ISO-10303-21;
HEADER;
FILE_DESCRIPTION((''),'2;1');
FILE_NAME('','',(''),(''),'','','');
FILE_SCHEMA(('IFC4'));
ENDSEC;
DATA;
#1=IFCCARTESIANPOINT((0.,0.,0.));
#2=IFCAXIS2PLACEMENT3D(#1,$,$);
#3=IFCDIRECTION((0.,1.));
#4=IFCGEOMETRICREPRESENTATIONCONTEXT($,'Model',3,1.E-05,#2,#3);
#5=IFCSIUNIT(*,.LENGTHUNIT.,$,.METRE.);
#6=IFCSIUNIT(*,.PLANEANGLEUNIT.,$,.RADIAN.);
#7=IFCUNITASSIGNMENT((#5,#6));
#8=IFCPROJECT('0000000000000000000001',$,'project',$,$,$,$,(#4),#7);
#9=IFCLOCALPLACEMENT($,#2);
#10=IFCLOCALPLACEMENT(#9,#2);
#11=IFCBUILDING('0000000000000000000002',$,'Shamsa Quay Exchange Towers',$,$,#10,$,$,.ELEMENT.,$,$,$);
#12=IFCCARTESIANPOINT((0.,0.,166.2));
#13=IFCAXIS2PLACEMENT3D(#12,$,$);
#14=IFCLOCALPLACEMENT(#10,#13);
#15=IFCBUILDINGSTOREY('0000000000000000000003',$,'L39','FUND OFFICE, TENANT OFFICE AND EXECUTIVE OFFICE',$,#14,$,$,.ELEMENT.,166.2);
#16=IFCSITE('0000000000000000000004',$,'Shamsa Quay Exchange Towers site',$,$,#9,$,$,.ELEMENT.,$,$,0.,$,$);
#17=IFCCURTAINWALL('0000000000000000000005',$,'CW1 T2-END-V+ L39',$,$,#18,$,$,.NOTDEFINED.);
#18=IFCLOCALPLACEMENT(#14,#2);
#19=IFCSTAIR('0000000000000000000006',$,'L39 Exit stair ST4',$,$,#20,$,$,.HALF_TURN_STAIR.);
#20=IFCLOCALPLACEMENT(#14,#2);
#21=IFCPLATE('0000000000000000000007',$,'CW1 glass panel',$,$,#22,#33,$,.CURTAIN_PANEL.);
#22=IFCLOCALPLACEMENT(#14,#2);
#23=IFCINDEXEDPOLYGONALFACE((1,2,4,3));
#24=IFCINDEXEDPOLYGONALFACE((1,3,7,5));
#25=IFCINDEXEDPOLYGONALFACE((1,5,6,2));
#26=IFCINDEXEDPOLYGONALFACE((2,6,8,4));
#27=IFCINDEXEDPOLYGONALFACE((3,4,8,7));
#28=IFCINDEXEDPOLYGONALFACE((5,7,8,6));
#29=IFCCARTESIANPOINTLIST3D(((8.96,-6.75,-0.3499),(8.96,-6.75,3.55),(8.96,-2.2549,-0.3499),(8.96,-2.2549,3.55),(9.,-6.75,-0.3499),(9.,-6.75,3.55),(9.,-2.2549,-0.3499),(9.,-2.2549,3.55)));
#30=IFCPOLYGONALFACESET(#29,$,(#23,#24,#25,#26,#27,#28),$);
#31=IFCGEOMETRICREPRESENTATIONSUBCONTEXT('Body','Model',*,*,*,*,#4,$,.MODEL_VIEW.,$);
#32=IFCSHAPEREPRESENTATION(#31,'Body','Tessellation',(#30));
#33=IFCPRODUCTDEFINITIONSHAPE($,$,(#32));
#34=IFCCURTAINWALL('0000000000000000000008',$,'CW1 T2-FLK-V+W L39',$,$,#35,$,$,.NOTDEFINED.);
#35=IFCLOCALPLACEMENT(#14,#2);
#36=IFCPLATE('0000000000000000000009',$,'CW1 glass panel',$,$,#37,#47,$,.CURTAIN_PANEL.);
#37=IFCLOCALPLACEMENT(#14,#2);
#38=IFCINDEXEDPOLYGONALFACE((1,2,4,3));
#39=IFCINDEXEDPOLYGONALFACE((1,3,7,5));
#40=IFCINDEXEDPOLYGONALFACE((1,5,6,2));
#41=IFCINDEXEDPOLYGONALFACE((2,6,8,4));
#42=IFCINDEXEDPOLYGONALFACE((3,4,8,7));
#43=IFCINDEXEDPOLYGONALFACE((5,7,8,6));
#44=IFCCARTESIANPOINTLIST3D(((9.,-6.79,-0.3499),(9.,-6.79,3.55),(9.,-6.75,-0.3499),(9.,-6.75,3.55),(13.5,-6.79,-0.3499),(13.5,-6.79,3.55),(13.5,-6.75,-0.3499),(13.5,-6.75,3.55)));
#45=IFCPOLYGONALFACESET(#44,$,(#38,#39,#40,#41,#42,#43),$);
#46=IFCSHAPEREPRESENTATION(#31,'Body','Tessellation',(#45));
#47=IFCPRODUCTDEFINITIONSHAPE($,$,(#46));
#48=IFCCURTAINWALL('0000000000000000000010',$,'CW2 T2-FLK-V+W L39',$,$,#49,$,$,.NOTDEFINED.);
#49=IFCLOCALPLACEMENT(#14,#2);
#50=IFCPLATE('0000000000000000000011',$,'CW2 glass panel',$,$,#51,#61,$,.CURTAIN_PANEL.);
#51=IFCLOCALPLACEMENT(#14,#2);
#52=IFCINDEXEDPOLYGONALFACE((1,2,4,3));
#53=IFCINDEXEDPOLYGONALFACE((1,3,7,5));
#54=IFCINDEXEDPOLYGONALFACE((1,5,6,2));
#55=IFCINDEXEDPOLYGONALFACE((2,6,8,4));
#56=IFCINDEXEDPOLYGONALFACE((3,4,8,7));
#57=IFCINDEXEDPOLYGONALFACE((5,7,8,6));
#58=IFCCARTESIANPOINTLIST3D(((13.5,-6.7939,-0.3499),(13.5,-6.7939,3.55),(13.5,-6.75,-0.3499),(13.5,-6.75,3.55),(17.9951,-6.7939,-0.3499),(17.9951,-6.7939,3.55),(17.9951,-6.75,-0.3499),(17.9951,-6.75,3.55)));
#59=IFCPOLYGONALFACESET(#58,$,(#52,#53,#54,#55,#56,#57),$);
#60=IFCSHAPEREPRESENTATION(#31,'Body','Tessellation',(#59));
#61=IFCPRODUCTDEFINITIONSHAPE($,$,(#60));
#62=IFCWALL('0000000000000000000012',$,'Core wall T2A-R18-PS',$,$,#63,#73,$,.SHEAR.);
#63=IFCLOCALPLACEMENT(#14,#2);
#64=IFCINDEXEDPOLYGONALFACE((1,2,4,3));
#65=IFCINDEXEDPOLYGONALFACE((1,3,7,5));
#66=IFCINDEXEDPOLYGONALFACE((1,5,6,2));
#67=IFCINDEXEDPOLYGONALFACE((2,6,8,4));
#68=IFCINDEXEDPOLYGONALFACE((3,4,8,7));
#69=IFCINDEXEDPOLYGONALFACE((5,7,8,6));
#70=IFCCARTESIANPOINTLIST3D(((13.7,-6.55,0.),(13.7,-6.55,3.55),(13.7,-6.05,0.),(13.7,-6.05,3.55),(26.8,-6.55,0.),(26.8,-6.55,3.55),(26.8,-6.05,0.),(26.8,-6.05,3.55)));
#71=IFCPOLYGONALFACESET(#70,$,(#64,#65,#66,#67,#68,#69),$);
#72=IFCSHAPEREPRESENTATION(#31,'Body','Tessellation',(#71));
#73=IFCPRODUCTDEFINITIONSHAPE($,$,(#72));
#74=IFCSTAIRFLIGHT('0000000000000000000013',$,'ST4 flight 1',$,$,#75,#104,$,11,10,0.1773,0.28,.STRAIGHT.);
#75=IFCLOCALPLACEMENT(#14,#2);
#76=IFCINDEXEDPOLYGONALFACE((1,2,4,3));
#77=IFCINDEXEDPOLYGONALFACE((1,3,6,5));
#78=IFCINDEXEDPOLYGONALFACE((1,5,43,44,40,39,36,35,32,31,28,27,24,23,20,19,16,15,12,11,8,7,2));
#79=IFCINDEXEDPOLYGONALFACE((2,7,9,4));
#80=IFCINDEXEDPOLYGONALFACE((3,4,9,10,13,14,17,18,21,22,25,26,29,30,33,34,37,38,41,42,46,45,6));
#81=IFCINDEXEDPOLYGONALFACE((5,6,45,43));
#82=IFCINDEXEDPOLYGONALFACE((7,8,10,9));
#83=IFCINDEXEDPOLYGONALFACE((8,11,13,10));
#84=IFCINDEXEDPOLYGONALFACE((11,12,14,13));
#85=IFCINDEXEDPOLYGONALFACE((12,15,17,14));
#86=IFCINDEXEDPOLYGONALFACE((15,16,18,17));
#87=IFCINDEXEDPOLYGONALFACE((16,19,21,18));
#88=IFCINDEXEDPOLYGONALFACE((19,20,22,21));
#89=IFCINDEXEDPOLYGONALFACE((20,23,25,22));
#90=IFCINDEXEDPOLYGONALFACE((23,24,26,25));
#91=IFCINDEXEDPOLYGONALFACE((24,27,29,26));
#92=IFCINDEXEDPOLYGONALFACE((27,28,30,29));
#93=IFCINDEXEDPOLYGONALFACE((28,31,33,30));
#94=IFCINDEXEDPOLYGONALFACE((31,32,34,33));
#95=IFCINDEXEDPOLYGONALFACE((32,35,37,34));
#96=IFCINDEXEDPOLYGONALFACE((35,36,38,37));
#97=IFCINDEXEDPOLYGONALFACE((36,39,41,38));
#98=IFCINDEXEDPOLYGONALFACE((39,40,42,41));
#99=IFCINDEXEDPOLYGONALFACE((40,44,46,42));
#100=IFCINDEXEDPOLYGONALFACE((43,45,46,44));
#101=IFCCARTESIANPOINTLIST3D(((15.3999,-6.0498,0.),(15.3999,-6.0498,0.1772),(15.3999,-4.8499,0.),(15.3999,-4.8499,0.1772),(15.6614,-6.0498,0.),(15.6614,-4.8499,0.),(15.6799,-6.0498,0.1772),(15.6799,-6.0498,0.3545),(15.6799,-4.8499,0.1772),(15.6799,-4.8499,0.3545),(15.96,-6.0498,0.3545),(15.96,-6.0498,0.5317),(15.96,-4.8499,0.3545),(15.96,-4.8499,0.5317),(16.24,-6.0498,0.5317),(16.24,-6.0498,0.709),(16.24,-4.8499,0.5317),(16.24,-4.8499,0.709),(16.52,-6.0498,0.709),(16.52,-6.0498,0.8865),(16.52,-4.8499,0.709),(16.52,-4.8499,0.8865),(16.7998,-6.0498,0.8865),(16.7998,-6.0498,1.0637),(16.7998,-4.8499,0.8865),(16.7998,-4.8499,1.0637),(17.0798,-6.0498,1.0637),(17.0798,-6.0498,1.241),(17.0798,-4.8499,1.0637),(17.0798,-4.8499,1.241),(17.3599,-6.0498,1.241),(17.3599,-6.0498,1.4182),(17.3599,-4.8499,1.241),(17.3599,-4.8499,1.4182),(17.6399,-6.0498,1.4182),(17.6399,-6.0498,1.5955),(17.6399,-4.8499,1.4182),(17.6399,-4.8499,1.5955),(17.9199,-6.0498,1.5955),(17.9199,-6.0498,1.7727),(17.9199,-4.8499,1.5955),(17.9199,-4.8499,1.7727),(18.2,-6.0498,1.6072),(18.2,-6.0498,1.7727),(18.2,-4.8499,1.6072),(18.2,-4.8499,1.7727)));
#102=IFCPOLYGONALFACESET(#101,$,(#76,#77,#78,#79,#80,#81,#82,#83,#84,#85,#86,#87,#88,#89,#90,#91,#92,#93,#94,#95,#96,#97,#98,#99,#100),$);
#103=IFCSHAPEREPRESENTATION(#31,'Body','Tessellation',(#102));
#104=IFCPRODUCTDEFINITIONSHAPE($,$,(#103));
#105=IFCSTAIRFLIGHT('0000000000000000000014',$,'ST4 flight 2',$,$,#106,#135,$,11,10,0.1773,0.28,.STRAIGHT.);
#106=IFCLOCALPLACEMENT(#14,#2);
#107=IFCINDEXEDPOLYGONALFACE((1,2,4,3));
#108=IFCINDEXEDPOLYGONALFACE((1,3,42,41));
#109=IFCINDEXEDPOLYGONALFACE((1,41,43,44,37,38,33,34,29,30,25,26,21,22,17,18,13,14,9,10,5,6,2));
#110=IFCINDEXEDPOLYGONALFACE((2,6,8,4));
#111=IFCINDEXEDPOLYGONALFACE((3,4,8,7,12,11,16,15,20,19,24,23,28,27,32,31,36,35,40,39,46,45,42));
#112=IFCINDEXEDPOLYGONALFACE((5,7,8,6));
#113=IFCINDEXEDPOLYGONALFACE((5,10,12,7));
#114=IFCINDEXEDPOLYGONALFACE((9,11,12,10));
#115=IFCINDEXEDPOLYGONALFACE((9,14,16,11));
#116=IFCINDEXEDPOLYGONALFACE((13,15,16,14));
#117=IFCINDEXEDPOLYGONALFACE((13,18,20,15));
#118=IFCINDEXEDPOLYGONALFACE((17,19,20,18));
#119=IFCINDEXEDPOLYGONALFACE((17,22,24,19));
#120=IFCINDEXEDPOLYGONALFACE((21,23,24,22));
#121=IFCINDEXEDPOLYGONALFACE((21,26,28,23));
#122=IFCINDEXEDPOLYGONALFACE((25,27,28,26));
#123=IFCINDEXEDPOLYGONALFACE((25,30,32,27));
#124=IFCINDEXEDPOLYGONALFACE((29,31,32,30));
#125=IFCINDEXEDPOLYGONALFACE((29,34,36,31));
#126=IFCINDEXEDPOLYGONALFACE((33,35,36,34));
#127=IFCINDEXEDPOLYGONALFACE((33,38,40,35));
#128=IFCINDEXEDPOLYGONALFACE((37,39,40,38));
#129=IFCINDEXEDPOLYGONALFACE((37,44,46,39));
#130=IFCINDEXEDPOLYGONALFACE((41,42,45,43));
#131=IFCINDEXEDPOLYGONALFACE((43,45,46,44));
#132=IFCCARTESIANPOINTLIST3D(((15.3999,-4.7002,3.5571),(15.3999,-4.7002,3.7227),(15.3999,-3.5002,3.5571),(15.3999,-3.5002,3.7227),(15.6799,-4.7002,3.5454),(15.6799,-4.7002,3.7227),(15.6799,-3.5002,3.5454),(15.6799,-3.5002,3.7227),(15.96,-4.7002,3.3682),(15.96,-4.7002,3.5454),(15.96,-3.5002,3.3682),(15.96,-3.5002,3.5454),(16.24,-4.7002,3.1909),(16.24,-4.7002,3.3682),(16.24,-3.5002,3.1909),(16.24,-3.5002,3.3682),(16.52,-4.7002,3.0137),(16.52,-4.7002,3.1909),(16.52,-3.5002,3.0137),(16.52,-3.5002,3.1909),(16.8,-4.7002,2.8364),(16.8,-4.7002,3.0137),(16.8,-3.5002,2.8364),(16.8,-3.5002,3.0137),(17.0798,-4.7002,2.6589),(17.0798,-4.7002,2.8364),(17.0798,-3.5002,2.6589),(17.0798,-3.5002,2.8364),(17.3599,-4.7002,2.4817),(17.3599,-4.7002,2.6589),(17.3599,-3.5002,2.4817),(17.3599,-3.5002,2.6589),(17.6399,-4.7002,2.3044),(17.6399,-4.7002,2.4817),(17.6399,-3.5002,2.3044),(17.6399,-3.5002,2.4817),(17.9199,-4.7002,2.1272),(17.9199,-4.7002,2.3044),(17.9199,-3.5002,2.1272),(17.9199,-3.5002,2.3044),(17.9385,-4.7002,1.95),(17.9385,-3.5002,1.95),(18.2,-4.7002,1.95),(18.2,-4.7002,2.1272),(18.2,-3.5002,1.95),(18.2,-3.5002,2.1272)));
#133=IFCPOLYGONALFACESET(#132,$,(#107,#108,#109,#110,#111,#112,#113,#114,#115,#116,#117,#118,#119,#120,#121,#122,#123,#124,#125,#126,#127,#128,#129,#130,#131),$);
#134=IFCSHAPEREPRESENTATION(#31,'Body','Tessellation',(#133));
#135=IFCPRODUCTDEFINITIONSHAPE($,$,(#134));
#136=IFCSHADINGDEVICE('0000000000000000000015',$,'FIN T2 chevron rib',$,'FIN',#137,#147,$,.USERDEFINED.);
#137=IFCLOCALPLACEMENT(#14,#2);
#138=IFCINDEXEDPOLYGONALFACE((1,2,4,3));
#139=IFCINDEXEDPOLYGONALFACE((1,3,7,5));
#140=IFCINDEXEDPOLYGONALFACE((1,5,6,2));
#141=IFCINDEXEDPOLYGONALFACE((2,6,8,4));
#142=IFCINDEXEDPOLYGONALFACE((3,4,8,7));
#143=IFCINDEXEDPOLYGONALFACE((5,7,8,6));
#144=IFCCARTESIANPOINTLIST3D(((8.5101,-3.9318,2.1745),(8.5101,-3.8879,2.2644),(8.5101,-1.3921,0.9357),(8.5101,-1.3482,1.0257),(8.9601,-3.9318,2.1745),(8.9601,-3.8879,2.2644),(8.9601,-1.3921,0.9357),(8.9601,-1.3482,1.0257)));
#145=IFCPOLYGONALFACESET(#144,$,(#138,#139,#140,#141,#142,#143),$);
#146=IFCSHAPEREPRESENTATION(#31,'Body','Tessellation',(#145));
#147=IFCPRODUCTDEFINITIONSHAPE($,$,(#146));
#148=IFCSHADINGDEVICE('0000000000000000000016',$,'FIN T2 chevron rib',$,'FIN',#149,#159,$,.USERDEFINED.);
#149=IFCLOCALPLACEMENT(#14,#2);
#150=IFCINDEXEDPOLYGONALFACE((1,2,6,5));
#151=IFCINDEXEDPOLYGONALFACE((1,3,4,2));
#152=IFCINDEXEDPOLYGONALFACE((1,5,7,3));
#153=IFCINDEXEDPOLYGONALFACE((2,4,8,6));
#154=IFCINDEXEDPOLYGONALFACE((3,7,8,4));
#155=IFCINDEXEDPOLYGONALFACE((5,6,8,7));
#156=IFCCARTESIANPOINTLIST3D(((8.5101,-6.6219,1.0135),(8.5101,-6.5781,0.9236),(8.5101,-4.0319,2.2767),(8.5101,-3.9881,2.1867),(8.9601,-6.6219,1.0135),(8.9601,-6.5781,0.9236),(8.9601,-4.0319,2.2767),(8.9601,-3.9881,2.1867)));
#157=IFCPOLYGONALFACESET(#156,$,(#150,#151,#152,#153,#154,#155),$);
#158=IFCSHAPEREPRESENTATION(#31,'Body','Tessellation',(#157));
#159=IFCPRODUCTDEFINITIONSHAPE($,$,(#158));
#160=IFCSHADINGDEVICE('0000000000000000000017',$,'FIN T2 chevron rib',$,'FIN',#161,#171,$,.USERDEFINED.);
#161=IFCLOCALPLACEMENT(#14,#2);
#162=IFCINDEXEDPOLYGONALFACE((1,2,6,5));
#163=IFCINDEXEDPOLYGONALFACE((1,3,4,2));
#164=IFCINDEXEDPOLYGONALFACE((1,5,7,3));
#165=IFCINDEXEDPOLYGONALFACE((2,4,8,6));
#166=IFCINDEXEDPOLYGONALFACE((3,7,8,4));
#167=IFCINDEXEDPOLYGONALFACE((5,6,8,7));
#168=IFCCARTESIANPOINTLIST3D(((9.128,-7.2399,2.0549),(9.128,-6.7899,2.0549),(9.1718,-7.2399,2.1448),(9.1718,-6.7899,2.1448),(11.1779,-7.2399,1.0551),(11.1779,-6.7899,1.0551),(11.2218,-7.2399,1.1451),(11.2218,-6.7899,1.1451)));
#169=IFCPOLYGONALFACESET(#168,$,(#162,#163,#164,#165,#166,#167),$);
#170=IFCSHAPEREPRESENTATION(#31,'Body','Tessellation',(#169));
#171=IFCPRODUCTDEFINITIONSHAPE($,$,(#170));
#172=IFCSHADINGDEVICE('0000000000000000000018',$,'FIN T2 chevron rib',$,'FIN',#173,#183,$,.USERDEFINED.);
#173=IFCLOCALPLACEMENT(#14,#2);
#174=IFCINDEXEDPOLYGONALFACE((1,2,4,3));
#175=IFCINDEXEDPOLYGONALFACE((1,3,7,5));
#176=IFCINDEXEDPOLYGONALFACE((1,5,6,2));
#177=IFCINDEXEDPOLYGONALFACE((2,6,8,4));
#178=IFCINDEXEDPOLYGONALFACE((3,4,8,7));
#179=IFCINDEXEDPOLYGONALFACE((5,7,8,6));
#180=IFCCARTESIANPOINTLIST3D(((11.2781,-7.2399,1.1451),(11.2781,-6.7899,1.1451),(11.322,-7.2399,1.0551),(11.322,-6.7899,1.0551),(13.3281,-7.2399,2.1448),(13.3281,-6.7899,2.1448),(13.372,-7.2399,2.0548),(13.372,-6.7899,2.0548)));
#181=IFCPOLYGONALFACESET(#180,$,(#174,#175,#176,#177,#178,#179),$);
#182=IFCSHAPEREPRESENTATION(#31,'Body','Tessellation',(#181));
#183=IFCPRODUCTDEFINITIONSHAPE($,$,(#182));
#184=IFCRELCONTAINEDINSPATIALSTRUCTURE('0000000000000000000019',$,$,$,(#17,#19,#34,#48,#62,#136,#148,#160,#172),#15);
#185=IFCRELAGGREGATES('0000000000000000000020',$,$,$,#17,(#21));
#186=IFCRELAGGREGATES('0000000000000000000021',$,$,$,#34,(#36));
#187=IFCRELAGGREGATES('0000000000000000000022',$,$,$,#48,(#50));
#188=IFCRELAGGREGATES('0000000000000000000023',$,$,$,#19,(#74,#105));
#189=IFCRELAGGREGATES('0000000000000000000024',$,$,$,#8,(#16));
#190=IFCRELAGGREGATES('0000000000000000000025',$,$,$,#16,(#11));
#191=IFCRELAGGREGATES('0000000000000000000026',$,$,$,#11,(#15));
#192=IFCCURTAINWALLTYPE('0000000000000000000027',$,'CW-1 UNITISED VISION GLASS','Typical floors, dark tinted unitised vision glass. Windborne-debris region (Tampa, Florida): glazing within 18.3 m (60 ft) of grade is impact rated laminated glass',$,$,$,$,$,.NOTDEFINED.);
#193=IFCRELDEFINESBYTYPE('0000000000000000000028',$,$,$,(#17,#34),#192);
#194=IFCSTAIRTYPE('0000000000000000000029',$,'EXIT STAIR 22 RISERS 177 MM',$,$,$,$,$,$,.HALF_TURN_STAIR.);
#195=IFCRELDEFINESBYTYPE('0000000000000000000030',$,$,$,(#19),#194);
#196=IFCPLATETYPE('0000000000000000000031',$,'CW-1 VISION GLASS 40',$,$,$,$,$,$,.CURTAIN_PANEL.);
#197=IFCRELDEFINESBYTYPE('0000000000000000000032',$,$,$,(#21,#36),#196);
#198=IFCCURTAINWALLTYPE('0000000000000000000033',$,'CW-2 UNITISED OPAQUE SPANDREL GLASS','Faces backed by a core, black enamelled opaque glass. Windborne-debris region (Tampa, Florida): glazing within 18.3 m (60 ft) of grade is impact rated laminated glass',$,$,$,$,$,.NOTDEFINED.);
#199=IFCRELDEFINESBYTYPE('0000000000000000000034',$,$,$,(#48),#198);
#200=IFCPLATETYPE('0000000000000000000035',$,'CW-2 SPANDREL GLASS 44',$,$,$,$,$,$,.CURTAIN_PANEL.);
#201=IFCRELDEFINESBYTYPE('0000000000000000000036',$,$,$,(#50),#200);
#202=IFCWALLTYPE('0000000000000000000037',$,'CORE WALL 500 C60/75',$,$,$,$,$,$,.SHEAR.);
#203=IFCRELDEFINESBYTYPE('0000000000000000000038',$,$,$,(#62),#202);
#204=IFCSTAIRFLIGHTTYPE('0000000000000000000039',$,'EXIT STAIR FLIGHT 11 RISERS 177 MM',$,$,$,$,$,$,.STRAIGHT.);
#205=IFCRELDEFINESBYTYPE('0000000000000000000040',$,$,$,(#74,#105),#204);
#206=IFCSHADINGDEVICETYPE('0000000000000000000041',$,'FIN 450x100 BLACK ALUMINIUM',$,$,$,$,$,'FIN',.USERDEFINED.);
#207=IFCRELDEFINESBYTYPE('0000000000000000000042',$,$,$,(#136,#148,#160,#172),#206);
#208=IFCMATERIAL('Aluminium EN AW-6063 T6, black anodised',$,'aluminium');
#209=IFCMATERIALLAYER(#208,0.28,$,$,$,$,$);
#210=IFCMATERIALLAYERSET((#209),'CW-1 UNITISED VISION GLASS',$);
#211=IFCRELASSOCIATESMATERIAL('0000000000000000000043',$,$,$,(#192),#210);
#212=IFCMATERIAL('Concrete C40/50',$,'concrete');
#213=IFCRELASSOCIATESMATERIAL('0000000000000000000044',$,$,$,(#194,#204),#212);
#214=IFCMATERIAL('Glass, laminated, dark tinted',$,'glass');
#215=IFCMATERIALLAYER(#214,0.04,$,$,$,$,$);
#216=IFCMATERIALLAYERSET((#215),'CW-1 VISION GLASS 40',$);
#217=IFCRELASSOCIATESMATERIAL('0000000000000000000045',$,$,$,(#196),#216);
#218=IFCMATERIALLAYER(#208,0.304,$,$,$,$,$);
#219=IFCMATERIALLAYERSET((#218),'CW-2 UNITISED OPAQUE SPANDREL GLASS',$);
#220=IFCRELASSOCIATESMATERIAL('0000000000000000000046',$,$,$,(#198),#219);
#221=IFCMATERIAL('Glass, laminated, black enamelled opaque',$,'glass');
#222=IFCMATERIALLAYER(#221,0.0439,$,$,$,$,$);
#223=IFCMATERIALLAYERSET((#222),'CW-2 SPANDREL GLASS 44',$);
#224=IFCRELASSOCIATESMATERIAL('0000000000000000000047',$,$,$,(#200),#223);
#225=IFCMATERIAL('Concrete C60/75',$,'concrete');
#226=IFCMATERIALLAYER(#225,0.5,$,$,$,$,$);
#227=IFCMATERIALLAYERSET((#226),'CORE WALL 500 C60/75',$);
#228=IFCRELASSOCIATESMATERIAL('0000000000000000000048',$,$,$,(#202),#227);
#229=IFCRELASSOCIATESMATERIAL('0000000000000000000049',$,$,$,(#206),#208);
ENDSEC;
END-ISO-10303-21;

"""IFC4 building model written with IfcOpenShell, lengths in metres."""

from ifc_helpers import new_model, si_unit, direction, frame, frame_2d, origin, origin_2d, place, context, subcontext, project, spatial, polyline, rectangle, outline, extrude, material, layer, layer_set, material_profile, profile_set, type_object, element, aggregate, save


model = new_model("IFC4")

# Units and contexts
model_context = context("Model", 3, precision=1e-05, world=origin(), true_north=direction((0.0, 1.0)))
body_context = subcontext(model_context, "Body", "Model", "MODEL_VIEW")
ifc_project = project(units=[si_unit("LENGTHUNIT", "METRE"), si_unit("PLANEANGLEUNIT", "RADIAN")], contexts=[model_context])

# Site, building, storey
site_placement = place(None, origin())
site = spatial("IfcSite", under=ifc_project, at=site_placement, Name="Shamsa Quay Exchange Towers site", CompositionType="ELEMENT", RefElevation=0.0)
building_placement = place(site_placement, origin())
building = spatial("IfcBuilding", under=site, at=building_placement, Name="Shamsa Quay Exchange Towers", CompositionType="ELEMENT")
storey_placement = place(building_placement, frame((0.0, 0.0, 166.2)))
storey = spatial("IfcBuildingStorey", under=building, at=storey_placement, Name="L39", Description="FUND OFFICE, TENANT OFFICE AND EXECUTIVE OFFICE", CompositionType="ELEMENT", Elevation=166.2)

# Curtain wall
ifc_material_1 = material(Name="Aluminium EN AW-6063 T6, black anodised", Category="aluminium")
ifc_layer_1 = layer(ifc_material_1, 0.28)
ifc_layer_set_1 = layer_set([ifc_layer_1], Name="CW-1 UNITISED VISION GLASS")
curtain_wall_type_1 = type_object("IfcCurtainWallType", Name="CW-1 UNITISED VISION GLASS", Description="Typical floors, dark tinted unitised vision glass. Windborne-debris region (Tampa, Florida): glazing within 18.3 m (60 ft) of grade is impact rated laminated glass", PredefinedType="NOTDEFINED", material=ifc_layer_set_1)
curtain_wall_1_placement = place(storey_placement, origin())
curtain_wall_1 = element("IfcCurtainWall", 1, at=curtain_wall_1_placement, inside=storey, type_object=curtain_wall_type_1, Name="CW1 T2-END-V+ L39", PredefinedType="NOTDEFINED")

# Stair
ifc_material_2 = material(Name="Concrete C40/50", Category="concrete")
stair_type = type_object("IfcStairType", Name="EXIT STAIR 22 RISERS 177 MM", PredefinedType="HALF_TURN_STAIR", material=ifc_material_2)
stair_placement = place(storey_placement, origin())
stair = element("IfcStair", 2, at=stair_placement, inside=storey, type_object=stair_type, Name="L39 Exit stair ST4", PredefinedType="HALF_TURN_STAIR")

# Plate
ifc_material_3 = material(Name="Glass, laminated, dark tinted", Category="glass")
ifc_layer_2 = layer(ifc_material_3, 0.04)
ifc_layer_set_2 = layer_set([ifc_layer_2], Name="CW-1 VISION GLASS 40")
plate_type_1 = type_object("IfcPlateType", Name="CW-1 VISION GLASS 40", PredefinedType="CURTAIN_PANEL", material=ifc_layer_set_2)
plate_1_placement = place(storey_placement, frame((8.98, -4.5024, -0.3499), z_axis=(0.0, 0.0, 1.0), x_axis=(0.0, -1.0, 0.0)))
plate_1 = element("IfcPlate", 3, at=plate_1_placement, type_object=plate_type_1, Name="CW1 glass panel", PredefinedType="CURTAIN_PANEL", context=body_context, shape_type="SweptSolid", body=[
    extrude(rectangle(XDim=4.4951, YDim=0.04, at=origin_2d()), origin(), (0.0, 0.0, 1.0), 3.8999),
])
aggregate(curtain_wall_1, [plate_1])

# Curtain walls, plates
curtain_wall_2_placement = place(storey_placement, origin())
curtain_wall_2 = element("IfcCurtainWall", 4, at=curtain_wall_2_placement, inside=storey, type_object=curtain_wall_type_1, Name="CW1 T2-FLK-V+W L39", PredefinedType="NOTDEFINED")
plate_2_placement = place(storey_placement, frame((11.25, -6.77, -0.3499)))
plate_2 = element("IfcPlate", 5, at=plate_2_placement, type_object=plate_type_1, Name="CW1 glass panel", PredefinedType="CURTAIN_PANEL", context=body_context, shape_type="SweptSolid", body=[
    extrude(rectangle(XDim=4.5, YDim=0.04, at=origin_2d()), origin(), (0.0, 0.0, 1.0), 3.8999),
])
aggregate(curtain_wall_2, [plate_2])
ifc_layer_3 = layer(ifc_material_1, 0.304)
ifc_layer_set_3 = layer_set([ifc_layer_3], Name="CW-2 UNITISED OPAQUE SPANDREL GLASS")
curtain_wall_type_2 = type_object("IfcCurtainWallType", Name="CW-2 UNITISED OPAQUE SPANDREL GLASS", Description="Faces backed by a core, black enamelled opaque glass. Windborne-debris region (Tampa, Florida): glazing within 18.3 m (60 ft) of grade is impact rated laminated glass", PredefinedType="NOTDEFINED", material=ifc_layer_set_3)
curtain_wall_3_placement = place(storey_placement, origin())
curtain_wall_3 = element("IfcCurtainWall", 6, at=curtain_wall_3_placement, inside=storey, type_object=curtain_wall_type_2, Name="CW2 T2-FLK-V+W L39", PredefinedType="NOTDEFINED")
ifc_material_4 = material(Name="Glass, laminated, black enamelled opaque", Category="glass")
ifc_layer_4 = layer(ifc_material_4, 0.0439)
ifc_layer_set_4 = layer_set([ifc_layer_4], Name="CW-2 SPANDREL GLASS 44")
plate_type_2 = type_object("IfcPlateType", Name="CW-2 SPANDREL GLASS 44", PredefinedType="CURTAIN_PANEL", material=ifc_layer_set_4)
plate_3_placement = place(storey_placement, frame((15.7476, -6.772, -0.3499)))
plate_3 = element("IfcPlate", 7, at=plate_3_placement, type_object=plate_type_2, Name="CW2 glass panel", PredefinedType="CURTAIN_PANEL", context=body_context, shape_type="SweptSolid", body=[
    extrude(rectangle(XDim=4.4951, YDim=0.0439, at=origin_2d()), origin(), (0.0, 0.0, 1.0), 3.8999),
])
aggregate(curtain_wall_3, [plate_3])

# Wall
ifc_material_5 = material(Name="Concrete C60/75", Category="concrete")
ifc_layer_5 = layer(ifc_material_5, 0.5)
ifc_layer_set_5 = layer_set([ifc_layer_5], Name="CORE WALL 500 C60/75")
wall_type = type_object("IfcWallType", Name="CORE WALL 500 C60/75", PredefinedType="SHEAR", material=ifc_layer_set_5)
wall_placement = place(storey_placement, frame((13.7, -6.3, 0.0)))
element("IfcWall", 8, at=wall_placement, inside=storey, type_object=wall_type, Name="Core wall T2A-R18-PS", PredefinedType="SHEAR", context=body_context, shape_type="SweptSolid", body=[
    extrude(rectangle(XDim=13.1001, YDim=0.5, at=frame_2d((6.55, 0.0))), origin(), (0.0, 0.0, 1.0), 3.55),
])

# Stair flights
stair_flight_type = type_object("IfcStairFlightType", Name="EXIT STAIR FLIGHT 11 RISERS 177 MM", PredefinedType="STRAIGHT", material=ifc_material_2)
stair_flight_1_placement = place(storey_placement, frame((15.3999, -5.45, 0.0)))
stair_flight_1 = element("IfcStairFlight", 9, at=stair_flight_1_placement, type_object=stair_flight_type, Name="ST4 flight 1", NumberOfRisers=11, NumberOfTreads=10, PredefinedType="STRAIGHT", RiserHeight=0.1773, TreadLength=0.28, context=body_context, shape_type="SweptSolid", body=[
    extrude(outline(polyline([(0.0, 0.0), (0.0, 0.1772), (0.28, 0.1772), (0.28, 0.3545), (0.5601, 0.3545), (0.5601, 0.5317), (0.8401, 0.5317), (0.8401, 0.709), (1.1201, 0.709), (1.1201, 0.8865), (1.3999, 0.8865), (1.3999, 1.0637), (1.6799, 1.0637), (1.6799, 1.241), (1.96, 1.241), (1.96, 1.4182), (2.24, 1.4182), (2.24, 1.5955), (2.52, 1.5955), (2.52, 1.7727), (2.8, 1.7727), (2.8, 1.95), (2.8, 1.6072), (0.2615, 0.0), (0.0, 0.0)])), frame((0.0, 0.6001, 0.0), z_axis=(0.0, -1.0, 0.0), x_axis=(1.0, 0.0, 0.0)), (0.0, 0.0, 1.0), 1.2),
])
stair_flight_2_placement = place(storey_placement, frame((18.2, -4.1001, 1.95), z_axis=(0.0, 0.0, 1.0), x_axis=(-1.0, 0.0, 0.0)))
stair_flight_2 = element("IfcStairFlight", 10, at=stair_flight_2_placement, type_object=stair_flight_type, Name="ST4 flight 2", NumberOfRisers=11, NumberOfTreads=10, PredefinedType="STRAIGHT", RiserHeight=0.1773, TreadLength=0.28, context=body_context, shape_type="SweptSolid", body=[
    extrude(outline(polyline([(0.0, 0.0), (0.0, 0.1772), (0.28, 0.1772), (0.28, 0.3545), (0.5601, 0.3545), (0.5601, 0.5317), (0.8401, 0.5317), (0.8401, 0.709), (1.1201, 0.709), (1.1201, 0.8865), (1.3999, 0.8865), (1.3999, 1.0637), (1.6799, 1.0637), (1.6799, 1.241), (1.96, 1.241), (1.96, 1.4182), (2.24, 1.4182), (2.24, 1.5955), (2.52, 1.5955), (2.52, 1.7727), (2.8, 1.7727), (2.8, 1.95), (2.8, 1.6072), (0.2615, 0.0), (0.0, 0.0)])), frame((0.0, 0.6001, 0.0), z_axis=(0.0, -1.0, 0.0), x_axis=(1.0, 0.0, 0.0)), (0.0, 0.0, 1.0), 1.2),
])
aggregate(stair, [stair_flight_1, stair_flight_2])

# Shading devices
ifc_material_profile_1 = material_profile(ifc_material_1, rectangle(XDim=0.45, YDim=0.1001, at=origin_2d()), Name="FIN450x100")
ifc_profile_set_1 = profile_set([ifc_material_profile_1], Name="Aluminium EN AW-6063 T6, black anodised")
shading_device_type = type_object("IfcShadingDeviceType", Name="FIN 450x100 BLACK ALUMINIUM", ElementType="FIN", PredefinedType="USERDEFINED", material=ifc_profile_set_1)
shading_device_1_placement = place(storey_placement, frame((8.7351, -1.3701, 0.9807), z_axis=(0.0, -0.89879, 0.438379), x_axis=(1.0, 0.0, 0.0)))
element("IfcShadingDevice", 11, at=shading_device_1_placement, inside=storey, type_object=shading_device_type, Name="FIN T2 chevron rib", ObjectType="FIN", PredefinedType="USERDEFINED", context=body_context, shape_type="SweptSolid", body=[
    extrude(rectangle(XDim=0.45, YDim=0.1001, at=origin_2d()), origin(), (0.0, 0.0, 1.0), 2.8257),
])
shading_device_2_placement = place(storey_placement, frame((8.7351, -4.01, 2.2317), z_axis=(0.0, -0.898806, -0.438347), x_axis=(1.0, 0.0, 0.0)))
element("IfcShadingDevice", 12, at=shading_device_2_placement, inside=storey, type_object=shading_device_type, Name="FIN T2 chevron rib", ObjectType="FIN", PredefinedType="USERDEFINED", context=body_context, shape_type="SweptSolid", body=[
    extrude(rectangle(XDim=0.45, YDim=0.1001, at=origin_2d()), origin(), (0.0, 0.0, 1.0), 2.8816),
])
for number, where, z_axis, x_axis, name in (
    (13, (9.1499, -7.0149, 2.0999), (0.898815, 0.0, -0.438329), (0.0, 1.0, 0.0), "FIN T2 chevron rib"),
    (14, (11.3, -7.0149, 1.1001), (0.898815, 0.0, 0.438329), (0.0, 1.0, 0.0), "FIN T2 chevron rib"),
):
    element("IfcShadingDevice", number, at=place(storey_placement, frame(where, z_axis=z_axis, x_axis=x_axis)), inside=storey, type_object=shading_device_type, Name=name, ObjectType="FIN", PredefinedType="USERDEFINED", context=body_context, shape_type="SweptSolid", body=[
        extrude(rectangle(XDim=0.45, YDim=0.1001, at=origin_2d()), origin(), (0.0, 0.0, 1.0), 2.2808),
    ])

save(model, "model.ifc")
